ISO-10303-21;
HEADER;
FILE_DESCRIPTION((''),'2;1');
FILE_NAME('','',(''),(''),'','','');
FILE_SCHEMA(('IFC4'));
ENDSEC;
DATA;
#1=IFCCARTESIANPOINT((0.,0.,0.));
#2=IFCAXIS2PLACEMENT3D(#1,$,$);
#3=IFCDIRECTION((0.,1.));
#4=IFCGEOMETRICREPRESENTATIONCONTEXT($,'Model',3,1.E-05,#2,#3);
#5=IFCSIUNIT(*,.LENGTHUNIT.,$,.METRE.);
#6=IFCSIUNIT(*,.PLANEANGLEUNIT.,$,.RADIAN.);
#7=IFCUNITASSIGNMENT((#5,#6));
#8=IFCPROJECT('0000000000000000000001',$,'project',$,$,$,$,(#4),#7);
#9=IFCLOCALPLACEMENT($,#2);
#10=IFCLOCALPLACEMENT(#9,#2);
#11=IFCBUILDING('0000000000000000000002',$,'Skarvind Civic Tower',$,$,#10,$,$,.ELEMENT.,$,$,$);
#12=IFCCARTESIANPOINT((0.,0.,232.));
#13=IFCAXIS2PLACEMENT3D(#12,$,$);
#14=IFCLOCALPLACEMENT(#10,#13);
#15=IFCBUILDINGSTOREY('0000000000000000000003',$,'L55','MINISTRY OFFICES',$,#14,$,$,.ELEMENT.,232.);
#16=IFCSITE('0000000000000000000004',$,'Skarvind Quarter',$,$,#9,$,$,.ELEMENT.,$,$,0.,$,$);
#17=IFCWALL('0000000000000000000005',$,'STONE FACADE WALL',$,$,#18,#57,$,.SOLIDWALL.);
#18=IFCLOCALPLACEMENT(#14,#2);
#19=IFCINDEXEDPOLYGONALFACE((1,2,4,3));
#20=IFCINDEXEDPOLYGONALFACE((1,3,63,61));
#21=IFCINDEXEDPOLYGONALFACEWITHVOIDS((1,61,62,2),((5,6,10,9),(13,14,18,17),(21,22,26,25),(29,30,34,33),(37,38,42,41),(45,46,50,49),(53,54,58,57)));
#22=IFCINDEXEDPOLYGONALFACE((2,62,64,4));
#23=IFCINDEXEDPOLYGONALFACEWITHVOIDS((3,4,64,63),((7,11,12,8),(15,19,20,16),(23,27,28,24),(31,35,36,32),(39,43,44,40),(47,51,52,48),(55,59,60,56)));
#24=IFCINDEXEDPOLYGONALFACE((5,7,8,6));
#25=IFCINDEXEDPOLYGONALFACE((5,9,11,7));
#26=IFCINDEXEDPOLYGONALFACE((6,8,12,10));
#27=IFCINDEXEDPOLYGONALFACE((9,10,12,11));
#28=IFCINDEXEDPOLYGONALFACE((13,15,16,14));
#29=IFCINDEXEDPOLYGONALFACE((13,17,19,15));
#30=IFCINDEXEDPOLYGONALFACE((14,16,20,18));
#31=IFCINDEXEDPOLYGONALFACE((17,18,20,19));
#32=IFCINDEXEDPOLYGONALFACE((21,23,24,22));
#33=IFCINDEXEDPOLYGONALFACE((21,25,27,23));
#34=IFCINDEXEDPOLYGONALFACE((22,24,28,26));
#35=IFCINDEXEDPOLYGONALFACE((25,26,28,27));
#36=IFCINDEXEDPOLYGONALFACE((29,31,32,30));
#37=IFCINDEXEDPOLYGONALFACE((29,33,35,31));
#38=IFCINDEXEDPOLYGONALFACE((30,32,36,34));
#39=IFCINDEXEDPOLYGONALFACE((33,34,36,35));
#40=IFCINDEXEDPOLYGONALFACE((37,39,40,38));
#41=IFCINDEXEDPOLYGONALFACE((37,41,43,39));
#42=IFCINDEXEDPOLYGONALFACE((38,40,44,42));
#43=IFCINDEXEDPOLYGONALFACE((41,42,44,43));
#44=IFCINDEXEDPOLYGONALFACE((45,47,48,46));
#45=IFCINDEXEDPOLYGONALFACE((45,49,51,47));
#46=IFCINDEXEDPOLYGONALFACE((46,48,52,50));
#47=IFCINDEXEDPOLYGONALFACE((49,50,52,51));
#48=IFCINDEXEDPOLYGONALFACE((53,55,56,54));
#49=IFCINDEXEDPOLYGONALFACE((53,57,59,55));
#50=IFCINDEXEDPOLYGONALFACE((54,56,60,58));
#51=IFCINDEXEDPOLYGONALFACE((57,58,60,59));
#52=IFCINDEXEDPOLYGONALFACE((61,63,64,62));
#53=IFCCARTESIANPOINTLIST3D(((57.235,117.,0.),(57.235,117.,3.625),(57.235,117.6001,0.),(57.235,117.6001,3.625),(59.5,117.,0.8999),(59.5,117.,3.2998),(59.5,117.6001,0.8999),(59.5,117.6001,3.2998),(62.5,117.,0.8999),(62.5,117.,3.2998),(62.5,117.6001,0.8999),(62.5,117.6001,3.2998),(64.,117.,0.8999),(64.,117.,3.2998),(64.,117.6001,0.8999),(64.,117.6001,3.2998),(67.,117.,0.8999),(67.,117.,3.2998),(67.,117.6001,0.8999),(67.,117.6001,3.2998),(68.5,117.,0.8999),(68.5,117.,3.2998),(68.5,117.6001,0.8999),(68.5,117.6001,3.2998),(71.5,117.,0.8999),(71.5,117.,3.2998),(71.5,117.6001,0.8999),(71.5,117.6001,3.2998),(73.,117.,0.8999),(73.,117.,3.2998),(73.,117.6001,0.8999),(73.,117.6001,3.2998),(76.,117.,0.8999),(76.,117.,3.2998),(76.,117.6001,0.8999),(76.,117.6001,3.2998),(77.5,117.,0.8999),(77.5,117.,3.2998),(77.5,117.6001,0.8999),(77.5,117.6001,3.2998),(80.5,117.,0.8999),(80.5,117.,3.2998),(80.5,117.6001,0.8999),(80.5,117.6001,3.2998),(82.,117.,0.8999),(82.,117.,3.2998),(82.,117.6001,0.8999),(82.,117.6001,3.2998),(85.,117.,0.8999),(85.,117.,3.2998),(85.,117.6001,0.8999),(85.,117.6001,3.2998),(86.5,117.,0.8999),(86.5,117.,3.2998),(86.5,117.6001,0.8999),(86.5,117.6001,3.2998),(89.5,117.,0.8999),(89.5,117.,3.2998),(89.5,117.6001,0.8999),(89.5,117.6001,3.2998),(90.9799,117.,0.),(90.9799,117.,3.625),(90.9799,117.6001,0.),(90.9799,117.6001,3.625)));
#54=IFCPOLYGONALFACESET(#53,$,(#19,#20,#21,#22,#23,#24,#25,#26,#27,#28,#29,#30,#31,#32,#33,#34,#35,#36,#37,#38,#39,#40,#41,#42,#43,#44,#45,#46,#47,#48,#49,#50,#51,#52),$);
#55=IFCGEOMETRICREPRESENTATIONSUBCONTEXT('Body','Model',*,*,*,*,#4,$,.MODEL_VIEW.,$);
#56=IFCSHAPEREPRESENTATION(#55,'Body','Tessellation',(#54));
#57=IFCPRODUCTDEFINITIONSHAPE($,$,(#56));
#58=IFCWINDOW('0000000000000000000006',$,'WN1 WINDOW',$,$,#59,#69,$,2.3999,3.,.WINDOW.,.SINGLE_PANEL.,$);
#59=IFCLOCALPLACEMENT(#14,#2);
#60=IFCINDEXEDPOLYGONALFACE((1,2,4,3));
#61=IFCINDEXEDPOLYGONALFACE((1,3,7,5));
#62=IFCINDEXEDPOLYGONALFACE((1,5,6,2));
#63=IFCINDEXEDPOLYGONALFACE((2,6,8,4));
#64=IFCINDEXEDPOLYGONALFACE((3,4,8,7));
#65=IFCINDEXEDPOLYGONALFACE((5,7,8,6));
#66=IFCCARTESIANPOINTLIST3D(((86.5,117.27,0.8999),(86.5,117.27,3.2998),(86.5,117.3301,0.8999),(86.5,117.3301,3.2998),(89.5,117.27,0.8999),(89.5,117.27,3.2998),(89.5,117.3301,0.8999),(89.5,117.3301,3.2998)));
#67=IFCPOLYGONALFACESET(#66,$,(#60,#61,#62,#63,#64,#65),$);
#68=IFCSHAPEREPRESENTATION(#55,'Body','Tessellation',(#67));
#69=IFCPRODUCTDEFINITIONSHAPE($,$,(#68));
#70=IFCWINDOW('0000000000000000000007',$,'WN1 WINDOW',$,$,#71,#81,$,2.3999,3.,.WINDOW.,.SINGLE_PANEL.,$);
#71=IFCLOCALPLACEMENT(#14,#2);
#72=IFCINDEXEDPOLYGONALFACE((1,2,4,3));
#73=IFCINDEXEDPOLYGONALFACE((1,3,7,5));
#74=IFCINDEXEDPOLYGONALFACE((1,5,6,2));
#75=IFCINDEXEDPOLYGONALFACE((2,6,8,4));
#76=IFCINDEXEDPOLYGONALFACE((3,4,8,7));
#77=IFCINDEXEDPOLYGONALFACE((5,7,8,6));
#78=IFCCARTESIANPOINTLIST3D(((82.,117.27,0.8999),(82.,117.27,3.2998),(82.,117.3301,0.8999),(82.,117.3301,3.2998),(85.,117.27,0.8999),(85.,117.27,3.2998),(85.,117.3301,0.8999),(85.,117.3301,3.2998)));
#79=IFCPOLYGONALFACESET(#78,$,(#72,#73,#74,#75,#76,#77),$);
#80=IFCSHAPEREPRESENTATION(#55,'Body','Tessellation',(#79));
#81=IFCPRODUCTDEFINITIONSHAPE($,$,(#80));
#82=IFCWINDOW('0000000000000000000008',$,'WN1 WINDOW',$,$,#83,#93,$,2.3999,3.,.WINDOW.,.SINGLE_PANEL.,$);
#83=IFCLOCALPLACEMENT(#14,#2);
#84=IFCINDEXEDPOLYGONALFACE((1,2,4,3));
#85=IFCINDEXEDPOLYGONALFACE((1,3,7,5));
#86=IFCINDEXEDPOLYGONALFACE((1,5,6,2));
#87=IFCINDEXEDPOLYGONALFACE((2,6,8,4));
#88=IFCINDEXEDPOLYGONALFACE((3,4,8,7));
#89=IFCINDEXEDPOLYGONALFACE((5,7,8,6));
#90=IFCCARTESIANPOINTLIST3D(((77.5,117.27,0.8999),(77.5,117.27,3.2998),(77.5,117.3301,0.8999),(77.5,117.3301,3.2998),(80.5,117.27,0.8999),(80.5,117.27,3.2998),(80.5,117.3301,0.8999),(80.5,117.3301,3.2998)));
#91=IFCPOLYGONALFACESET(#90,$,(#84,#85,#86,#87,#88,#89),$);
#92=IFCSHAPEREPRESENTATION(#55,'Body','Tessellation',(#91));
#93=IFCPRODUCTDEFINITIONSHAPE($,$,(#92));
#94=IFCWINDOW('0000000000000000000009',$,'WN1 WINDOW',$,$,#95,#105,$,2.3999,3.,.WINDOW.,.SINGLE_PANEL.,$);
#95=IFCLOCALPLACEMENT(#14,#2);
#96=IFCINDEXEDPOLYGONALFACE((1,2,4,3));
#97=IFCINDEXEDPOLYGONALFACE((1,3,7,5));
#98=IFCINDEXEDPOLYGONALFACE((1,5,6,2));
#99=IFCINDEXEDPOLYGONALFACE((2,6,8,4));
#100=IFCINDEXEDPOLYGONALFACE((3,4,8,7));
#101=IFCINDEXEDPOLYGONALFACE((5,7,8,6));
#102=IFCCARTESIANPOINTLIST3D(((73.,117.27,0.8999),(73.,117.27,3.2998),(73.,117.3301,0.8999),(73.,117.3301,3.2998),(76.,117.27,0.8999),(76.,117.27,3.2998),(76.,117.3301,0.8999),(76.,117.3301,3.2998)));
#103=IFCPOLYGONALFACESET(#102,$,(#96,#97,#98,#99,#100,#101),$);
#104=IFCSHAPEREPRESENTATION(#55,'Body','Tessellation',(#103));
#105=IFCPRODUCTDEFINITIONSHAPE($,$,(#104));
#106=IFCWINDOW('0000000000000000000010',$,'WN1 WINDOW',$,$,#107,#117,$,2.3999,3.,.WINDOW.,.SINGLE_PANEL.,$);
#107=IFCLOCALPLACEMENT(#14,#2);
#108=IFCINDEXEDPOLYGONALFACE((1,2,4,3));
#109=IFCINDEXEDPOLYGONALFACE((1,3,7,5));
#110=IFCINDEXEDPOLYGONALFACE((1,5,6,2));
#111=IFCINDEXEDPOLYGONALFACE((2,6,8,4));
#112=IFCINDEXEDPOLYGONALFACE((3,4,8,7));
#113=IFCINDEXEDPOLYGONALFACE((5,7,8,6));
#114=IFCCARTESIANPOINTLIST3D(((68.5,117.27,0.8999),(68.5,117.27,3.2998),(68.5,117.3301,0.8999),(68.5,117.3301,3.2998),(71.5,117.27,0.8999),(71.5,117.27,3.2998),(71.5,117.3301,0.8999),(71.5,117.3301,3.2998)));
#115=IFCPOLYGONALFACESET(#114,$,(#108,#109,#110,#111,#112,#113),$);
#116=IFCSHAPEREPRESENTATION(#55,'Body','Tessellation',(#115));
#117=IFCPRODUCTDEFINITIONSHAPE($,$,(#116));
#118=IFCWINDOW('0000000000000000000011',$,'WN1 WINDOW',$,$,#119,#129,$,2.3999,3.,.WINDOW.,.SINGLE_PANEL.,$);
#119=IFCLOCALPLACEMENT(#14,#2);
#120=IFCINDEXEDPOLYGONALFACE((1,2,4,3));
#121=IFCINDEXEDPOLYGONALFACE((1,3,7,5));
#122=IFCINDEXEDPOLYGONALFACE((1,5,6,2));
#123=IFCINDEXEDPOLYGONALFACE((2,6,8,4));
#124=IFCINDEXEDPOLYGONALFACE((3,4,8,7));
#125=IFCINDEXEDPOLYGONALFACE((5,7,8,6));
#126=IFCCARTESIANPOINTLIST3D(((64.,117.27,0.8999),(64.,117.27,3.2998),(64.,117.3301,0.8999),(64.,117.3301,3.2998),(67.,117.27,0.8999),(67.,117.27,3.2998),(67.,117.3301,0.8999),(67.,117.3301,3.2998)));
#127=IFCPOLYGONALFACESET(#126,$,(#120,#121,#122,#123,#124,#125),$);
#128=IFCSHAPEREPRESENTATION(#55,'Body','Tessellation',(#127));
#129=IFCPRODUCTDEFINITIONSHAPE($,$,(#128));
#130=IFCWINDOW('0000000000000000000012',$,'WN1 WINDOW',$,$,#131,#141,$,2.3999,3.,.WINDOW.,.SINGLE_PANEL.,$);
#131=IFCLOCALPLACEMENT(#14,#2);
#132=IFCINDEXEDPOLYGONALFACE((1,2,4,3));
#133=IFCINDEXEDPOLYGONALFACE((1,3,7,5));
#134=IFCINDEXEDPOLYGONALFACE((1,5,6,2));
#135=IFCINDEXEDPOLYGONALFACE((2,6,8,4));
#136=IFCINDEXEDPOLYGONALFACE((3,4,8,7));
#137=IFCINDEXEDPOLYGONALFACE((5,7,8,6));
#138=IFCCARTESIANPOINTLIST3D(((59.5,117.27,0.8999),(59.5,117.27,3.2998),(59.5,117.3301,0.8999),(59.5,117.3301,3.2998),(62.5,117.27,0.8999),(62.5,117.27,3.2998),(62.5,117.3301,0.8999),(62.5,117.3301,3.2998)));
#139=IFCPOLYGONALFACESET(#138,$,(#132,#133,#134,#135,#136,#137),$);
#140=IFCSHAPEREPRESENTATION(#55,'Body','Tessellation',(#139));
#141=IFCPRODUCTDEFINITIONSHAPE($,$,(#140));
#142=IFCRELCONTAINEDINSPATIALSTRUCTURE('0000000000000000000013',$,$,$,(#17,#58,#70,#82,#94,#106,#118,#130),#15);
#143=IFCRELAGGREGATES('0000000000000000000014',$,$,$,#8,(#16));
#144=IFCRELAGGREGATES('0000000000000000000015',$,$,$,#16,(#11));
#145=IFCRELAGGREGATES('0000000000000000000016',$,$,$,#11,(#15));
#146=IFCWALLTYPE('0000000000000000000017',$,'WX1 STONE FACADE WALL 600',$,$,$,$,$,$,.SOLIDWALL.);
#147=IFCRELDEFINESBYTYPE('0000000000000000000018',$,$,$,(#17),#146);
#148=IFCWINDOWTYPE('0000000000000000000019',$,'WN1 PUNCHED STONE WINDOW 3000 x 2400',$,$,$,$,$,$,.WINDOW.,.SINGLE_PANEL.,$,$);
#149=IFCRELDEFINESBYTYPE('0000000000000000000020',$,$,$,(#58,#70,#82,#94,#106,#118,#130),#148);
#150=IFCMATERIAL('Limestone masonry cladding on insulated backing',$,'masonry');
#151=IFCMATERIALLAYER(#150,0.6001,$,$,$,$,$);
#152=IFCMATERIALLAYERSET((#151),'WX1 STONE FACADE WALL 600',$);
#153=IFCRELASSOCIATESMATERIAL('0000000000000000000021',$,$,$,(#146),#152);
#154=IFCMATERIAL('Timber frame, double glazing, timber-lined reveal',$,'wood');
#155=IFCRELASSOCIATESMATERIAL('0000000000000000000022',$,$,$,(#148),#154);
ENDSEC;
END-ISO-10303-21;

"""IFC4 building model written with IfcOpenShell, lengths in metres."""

from ifc_helpers import new_model, si_unit, direction, frame, frame_2d, origin, place, context, subcontext, project, spatial, rectangle, extrude, material, layer, layer_set, type_object, element, fill, save


model = new_model("IFC4")

# Units and contexts
model_context = context("Model", 3, precision=1e-05, world=origin(), true_north=direction((0.0, 1.0)))
body_context = subcontext(model_context, "Body", "Model", "MODEL_VIEW")
ifc_project = project(units=[si_unit("LENGTHUNIT", "METRE"), si_unit("PLANEANGLEUNIT", "RADIAN")], contexts=[model_context])

# Site, building, storey
site_placement = place(None, origin())
site = spatial("IfcSite", under=ifc_project, at=site_placement, Name="Skarvind Quarter", CompositionType="ELEMENT", RefElevation=0.0)
building_placement = place(site_placement, origin())
building = spatial("IfcBuilding", under=site, at=building_placement, Name="Skarvind Civic Tower", CompositionType="ELEMENT")
storey_placement = place(building_placement, frame((0.0, 0.0, 232.0)))
storey = spatial("IfcBuildingStorey", under=building, at=storey_placement, Name="L55", Description="MINISTRY OFFICES", CompositionType="ELEMENT", Elevation=232.0)

# Shared definitions
ifc_material_1 = material(Name="Limestone masonry cladding on insulated backing", Category="masonry")
ifc_layer_1 = layer(ifc_material_1, 0.6001)
ifc_layer_set_1 = layer_set([ifc_layer_1], Name="WX1 STONE FACADE WALL 600")
wall_type_1 = type_object("IfcWallType", Name="WX1 STONE FACADE WALL 600", PredefinedType="SOLIDWALL", material=ifc_layer_set_1)

# Wall, openings, windows
wall_1_placement = place(storey_placement, frame((90.98, 117.3, 0.0), z_axis=(0.0, 0.0, 1.0), x_axis=(-1.0, 0.0, 0.0)))
wall_1 = element("IfcWall", 1, at=wall_1_placement, inside=storey, type_object=wall_type_1, Name="STONE FACADE WALL", PredefinedType="SOLIDWALL", context=body_context, shape_type="SweptSolid", body=[
    extrude(rectangle(XDim=33.7449, YDim=0.6001, at=frame_2d((16.8726, 0.0))), origin(), (0.0, 0.0, 1.0), 3.625),
])
opening_1_placement = place(wall_1_placement, frame((1.48, 0.0, 0.8999)))
opening_1 = element("IfcOpeningElement", 2, at=opening_1_placement, cuts=wall_1, PredefinedType="OPENING", context=body_context, shape_type="SweptSolid", body=[
    extrude(rectangle(XDim=3.0, YDim=2.3999, at=frame_2d((1.5, 1.2))), frame((0.0, 0.3101, 0.0), z_axis=(0.0, -1.0, 0.0), x_axis=(1.0, 0.0, 0.0)), (0.0, 0.0, 1.0), 0.6201),
])
opening_2_placement = place(wall_1_placement, frame((5.98, 0.0, 0.8999)))
opening_2 = element("IfcOpeningElement", 3, at=opening_2_placement, cuts=wall_1, PredefinedType="OPENING", context=body_context, shape_type="SweptSolid", body=[
    extrude(rectangle(XDim=3.0, YDim=2.3999, at=frame_2d((1.5, 1.2))), frame((0.0, 0.3101, 0.0), z_axis=(0.0, -1.0, 0.0), x_axis=(1.0, 0.0, 0.0)), (0.0, 0.0, 1.0), 0.6201),
])
opening_3_placement = place(wall_1_placement, frame((10.48, 0.0, 0.8999)))
opening_3 = element("IfcOpeningElement", 4, at=opening_3_placement, cuts=wall_1, PredefinedType="OPENING", context=body_context, shape_type="SweptSolid", body=[
    extrude(rectangle(XDim=3.0, YDim=2.3999, at=frame_2d((1.5, 1.2))), frame((0.0, 0.3101, 0.0), z_axis=(0.0, -1.0, 0.0), x_axis=(1.0, 0.0, 0.0)), (0.0, 0.0, 1.0), 0.6201),
])
opening_4_placement = place(wall_1_placement, frame((14.98, 0.0, 0.8999)))
opening_4 = element("IfcOpeningElement", 5, at=opening_4_placement, cuts=wall_1, PredefinedType="OPENING", context=body_context, shape_type="SweptSolid", body=[
    extrude(rectangle(XDim=3.0, YDim=2.3999, at=frame_2d((1.5, 1.2))), frame((0.0, 0.3101, 0.0), z_axis=(0.0, -1.0, 0.0), x_axis=(1.0, 0.0, 0.0)), (0.0, 0.0, 1.0), 0.6201),
])
opening_5_placement = place(wall_1_placement, frame((19.48, 0.0, 0.8999)))
opening_5 = element("IfcOpeningElement", 6, at=opening_5_placement, cuts=wall_1, PredefinedType="OPENING", context=body_context, shape_type="SweptSolid", body=[
    extrude(rectangle(XDim=3.0, YDim=2.3999, at=frame_2d((1.5, 1.2))), frame((0.0, 0.3101, 0.0), z_axis=(0.0, -1.0, 0.0), x_axis=(1.0, 0.0, 0.0)), (0.0, 0.0, 1.0), 0.6201),
])
opening_6_placement = place(wall_1_placement, frame((23.98, 0.0, 0.8999)))
opening_6 = element("IfcOpeningElement", 7, at=opening_6_placement, cuts=wall_1, PredefinedType="OPENING", context=body_context, shape_type="SweptSolid", body=[
    extrude(rectangle(XDim=3.0, YDim=2.3999, at=frame_2d((1.5, 1.2))), frame((0.0, 0.3101, 0.0), z_axis=(0.0, -1.0, 0.0), x_axis=(1.0, 0.0, 0.0)), (0.0, 0.0, 1.0), 0.6201),
])
opening_7_placement = place(wall_1_placement, frame((28.48, 0.0, 0.8999)))
opening_7 = element("IfcOpeningElement", 8, at=opening_7_placement, cuts=wall_1, PredefinedType="OPENING", context=body_context, shape_type="SweptSolid", body=[
    extrude(rectangle(XDim=3.0, YDim=2.3999, at=frame_2d((1.5, 1.2))), frame((0.0, 0.3101, 0.0), z_axis=(0.0, -1.0, 0.0), x_axis=(1.0, 0.0, 0.0)), (0.0, 0.0, 1.0), 0.6201),
])
ifc_material_2 = material(Name="Timber frame, double glazing, timber-lined reveal", Category="wood")
window_type = type_object("IfcWindowType", Name="WN1 PUNCHED STONE WINDOW 3000 x 2400", PartitioningType="SINGLE_PANEL", PredefinedType="WINDOW", material=ifc_material_2)
window_1_placement = place(opening_1_placement, origin())
window_1 = element("IfcWindow", 9, at=window_1_placement, inside=storey, type_object=window_type, Name="WN1 WINDOW", OverallHeight=2.3999, OverallWidth=3.0, PartitioningType="SINGLE_PANEL", PredefinedType="WINDOW", context=body_context, shape_type="SweptSolid", body=[
    extrude(rectangle(XDim=3.0, YDim=2.3999, at=frame_2d((1.5, 1.2))), frame((0.0, 0.03, 0.0), z_axis=(0.0, -1.0, 0.0), x_axis=(1.0, 0.0, 0.0)), (0.0, 0.0, 1.0), 0.0601),
])
fill(opening_1, window_1)
window_2_placement = place(opening_2_placement, origin())
window_2 = element("IfcWindow", 10, at=window_2_placement, inside=storey, type_object=window_type, Name="WN1 WINDOW", OverallHeight=2.3999, OverallWidth=3.0, PartitioningType="SINGLE_PANEL", PredefinedType="WINDOW", context=body_context, shape_type="SweptSolid", body=[
    extrude(rectangle(XDim=3.0, YDim=2.3999, at=frame_2d((1.5, 1.2))), frame((0.0, 0.03, 0.0), z_axis=(0.0, -1.0, 0.0), x_axis=(1.0, 0.0, 0.0)), (0.0, 0.0, 1.0), 0.0601),
])
fill(opening_2, window_2)
window_3_placement = place(opening_3_placement, origin())
window_3 = element("IfcWindow", 11, at=window_3_placement, inside=storey, type_object=window_type, Name="WN1 WINDOW", OverallHeight=2.3999, OverallWidth=3.0, PartitioningType="SINGLE_PANEL", PredefinedType="WINDOW", context=body_context, shape_type="SweptSolid", body=[
    extrude(rectangle(XDim=3.0, YDim=2.3999, at=frame_2d((1.5, 1.2))), frame((0.0, 0.03, 0.0), z_axis=(0.0, -1.0, 0.0), x_axis=(1.0, 0.0, 0.0)), (0.0, 0.0, 1.0), 0.0601),
])
fill(opening_3, window_3)
window_4_placement = place(opening_4_placement, origin())
window_4 = element("IfcWindow", 12, at=window_4_placement, inside=storey, type_object=window_type, Name="WN1 WINDOW", OverallHeight=2.3999, OverallWidth=3.0, PartitioningType="SINGLE_PANEL", PredefinedType="WINDOW", context=body_context, shape_type="SweptSolid", body=[
    extrude(rectangle(XDim=3.0, YDim=2.3999, at=frame_2d((1.5, 1.2))), frame((0.0, 0.03, 0.0), z_axis=(0.0, -1.0, 0.0), x_axis=(1.0, 0.0, 0.0)), (0.0, 0.0, 1.0), 0.0601),
])
fill(opening_4, window_4)
window_5_placement = place(opening_5_placement, origin())
window_5 = element("IfcWindow", 13, at=window_5_placement, inside=storey, type_object=window_type, Name="WN1 WINDOW", OverallHeight=2.3999, OverallWidth=3.0, PartitioningType="SINGLE_PANEL", PredefinedType="WINDOW", context=body_context, shape_type="SweptSolid", body=[
    extrude(rectangle(XDim=3.0, YDim=2.3999, at=frame_2d((1.5, 1.2))), frame((0.0, 0.03, 0.0), z_axis=(0.0, -1.0, 0.0), x_axis=(1.0, 0.0, 0.0)), (0.0, 0.0, 1.0), 0.0601),
])
fill(opening_5, window_5)
window_6_placement = place(opening_6_placement, origin())
window_6 = element("IfcWindow", 14, at=window_6_placement, inside=storey, type_object=window_type, Name="WN1 WINDOW", OverallHeight=2.3999, OverallWidth=3.0, PartitioningType="SINGLE_PANEL", PredefinedType="WINDOW", context=body_context, shape_type="SweptSolid", body=[
    extrude(rectangle(XDim=3.0, YDim=2.3999, at=frame_2d((1.5, 1.2))), frame((0.0, 0.03, 0.0), z_axis=(0.0, -1.0, 0.0), x_axis=(1.0, 0.0, 0.0)), (0.0, 0.0, 1.0), 0.0601),
])
fill(opening_6, window_6)
window_7_placement = place(opening_7_placement, origin())
window_7 = element("IfcWindow", 15, at=window_7_placement, inside=storey, type_object=window_type, Name="WN1 WINDOW", OverallHeight=2.3999, OverallWidth=3.0, PartitioningType="SINGLE_PANEL", PredefinedType="WINDOW", context=body_context, shape_type="SweptSolid", body=[
    extrude(rectangle(XDim=3.0, YDim=2.3999, at=frame_2d((1.5, 1.2))), frame((0.0, 0.03, 0.0), z_axis=(0.0, -1.0, 0.0), x_axis=(1.0, 0.0, 0.0)), (0.0, 0.0, 1.0), 0.0601),
])
fill(opening_7, window_7)

save(model, "model.ifc")
